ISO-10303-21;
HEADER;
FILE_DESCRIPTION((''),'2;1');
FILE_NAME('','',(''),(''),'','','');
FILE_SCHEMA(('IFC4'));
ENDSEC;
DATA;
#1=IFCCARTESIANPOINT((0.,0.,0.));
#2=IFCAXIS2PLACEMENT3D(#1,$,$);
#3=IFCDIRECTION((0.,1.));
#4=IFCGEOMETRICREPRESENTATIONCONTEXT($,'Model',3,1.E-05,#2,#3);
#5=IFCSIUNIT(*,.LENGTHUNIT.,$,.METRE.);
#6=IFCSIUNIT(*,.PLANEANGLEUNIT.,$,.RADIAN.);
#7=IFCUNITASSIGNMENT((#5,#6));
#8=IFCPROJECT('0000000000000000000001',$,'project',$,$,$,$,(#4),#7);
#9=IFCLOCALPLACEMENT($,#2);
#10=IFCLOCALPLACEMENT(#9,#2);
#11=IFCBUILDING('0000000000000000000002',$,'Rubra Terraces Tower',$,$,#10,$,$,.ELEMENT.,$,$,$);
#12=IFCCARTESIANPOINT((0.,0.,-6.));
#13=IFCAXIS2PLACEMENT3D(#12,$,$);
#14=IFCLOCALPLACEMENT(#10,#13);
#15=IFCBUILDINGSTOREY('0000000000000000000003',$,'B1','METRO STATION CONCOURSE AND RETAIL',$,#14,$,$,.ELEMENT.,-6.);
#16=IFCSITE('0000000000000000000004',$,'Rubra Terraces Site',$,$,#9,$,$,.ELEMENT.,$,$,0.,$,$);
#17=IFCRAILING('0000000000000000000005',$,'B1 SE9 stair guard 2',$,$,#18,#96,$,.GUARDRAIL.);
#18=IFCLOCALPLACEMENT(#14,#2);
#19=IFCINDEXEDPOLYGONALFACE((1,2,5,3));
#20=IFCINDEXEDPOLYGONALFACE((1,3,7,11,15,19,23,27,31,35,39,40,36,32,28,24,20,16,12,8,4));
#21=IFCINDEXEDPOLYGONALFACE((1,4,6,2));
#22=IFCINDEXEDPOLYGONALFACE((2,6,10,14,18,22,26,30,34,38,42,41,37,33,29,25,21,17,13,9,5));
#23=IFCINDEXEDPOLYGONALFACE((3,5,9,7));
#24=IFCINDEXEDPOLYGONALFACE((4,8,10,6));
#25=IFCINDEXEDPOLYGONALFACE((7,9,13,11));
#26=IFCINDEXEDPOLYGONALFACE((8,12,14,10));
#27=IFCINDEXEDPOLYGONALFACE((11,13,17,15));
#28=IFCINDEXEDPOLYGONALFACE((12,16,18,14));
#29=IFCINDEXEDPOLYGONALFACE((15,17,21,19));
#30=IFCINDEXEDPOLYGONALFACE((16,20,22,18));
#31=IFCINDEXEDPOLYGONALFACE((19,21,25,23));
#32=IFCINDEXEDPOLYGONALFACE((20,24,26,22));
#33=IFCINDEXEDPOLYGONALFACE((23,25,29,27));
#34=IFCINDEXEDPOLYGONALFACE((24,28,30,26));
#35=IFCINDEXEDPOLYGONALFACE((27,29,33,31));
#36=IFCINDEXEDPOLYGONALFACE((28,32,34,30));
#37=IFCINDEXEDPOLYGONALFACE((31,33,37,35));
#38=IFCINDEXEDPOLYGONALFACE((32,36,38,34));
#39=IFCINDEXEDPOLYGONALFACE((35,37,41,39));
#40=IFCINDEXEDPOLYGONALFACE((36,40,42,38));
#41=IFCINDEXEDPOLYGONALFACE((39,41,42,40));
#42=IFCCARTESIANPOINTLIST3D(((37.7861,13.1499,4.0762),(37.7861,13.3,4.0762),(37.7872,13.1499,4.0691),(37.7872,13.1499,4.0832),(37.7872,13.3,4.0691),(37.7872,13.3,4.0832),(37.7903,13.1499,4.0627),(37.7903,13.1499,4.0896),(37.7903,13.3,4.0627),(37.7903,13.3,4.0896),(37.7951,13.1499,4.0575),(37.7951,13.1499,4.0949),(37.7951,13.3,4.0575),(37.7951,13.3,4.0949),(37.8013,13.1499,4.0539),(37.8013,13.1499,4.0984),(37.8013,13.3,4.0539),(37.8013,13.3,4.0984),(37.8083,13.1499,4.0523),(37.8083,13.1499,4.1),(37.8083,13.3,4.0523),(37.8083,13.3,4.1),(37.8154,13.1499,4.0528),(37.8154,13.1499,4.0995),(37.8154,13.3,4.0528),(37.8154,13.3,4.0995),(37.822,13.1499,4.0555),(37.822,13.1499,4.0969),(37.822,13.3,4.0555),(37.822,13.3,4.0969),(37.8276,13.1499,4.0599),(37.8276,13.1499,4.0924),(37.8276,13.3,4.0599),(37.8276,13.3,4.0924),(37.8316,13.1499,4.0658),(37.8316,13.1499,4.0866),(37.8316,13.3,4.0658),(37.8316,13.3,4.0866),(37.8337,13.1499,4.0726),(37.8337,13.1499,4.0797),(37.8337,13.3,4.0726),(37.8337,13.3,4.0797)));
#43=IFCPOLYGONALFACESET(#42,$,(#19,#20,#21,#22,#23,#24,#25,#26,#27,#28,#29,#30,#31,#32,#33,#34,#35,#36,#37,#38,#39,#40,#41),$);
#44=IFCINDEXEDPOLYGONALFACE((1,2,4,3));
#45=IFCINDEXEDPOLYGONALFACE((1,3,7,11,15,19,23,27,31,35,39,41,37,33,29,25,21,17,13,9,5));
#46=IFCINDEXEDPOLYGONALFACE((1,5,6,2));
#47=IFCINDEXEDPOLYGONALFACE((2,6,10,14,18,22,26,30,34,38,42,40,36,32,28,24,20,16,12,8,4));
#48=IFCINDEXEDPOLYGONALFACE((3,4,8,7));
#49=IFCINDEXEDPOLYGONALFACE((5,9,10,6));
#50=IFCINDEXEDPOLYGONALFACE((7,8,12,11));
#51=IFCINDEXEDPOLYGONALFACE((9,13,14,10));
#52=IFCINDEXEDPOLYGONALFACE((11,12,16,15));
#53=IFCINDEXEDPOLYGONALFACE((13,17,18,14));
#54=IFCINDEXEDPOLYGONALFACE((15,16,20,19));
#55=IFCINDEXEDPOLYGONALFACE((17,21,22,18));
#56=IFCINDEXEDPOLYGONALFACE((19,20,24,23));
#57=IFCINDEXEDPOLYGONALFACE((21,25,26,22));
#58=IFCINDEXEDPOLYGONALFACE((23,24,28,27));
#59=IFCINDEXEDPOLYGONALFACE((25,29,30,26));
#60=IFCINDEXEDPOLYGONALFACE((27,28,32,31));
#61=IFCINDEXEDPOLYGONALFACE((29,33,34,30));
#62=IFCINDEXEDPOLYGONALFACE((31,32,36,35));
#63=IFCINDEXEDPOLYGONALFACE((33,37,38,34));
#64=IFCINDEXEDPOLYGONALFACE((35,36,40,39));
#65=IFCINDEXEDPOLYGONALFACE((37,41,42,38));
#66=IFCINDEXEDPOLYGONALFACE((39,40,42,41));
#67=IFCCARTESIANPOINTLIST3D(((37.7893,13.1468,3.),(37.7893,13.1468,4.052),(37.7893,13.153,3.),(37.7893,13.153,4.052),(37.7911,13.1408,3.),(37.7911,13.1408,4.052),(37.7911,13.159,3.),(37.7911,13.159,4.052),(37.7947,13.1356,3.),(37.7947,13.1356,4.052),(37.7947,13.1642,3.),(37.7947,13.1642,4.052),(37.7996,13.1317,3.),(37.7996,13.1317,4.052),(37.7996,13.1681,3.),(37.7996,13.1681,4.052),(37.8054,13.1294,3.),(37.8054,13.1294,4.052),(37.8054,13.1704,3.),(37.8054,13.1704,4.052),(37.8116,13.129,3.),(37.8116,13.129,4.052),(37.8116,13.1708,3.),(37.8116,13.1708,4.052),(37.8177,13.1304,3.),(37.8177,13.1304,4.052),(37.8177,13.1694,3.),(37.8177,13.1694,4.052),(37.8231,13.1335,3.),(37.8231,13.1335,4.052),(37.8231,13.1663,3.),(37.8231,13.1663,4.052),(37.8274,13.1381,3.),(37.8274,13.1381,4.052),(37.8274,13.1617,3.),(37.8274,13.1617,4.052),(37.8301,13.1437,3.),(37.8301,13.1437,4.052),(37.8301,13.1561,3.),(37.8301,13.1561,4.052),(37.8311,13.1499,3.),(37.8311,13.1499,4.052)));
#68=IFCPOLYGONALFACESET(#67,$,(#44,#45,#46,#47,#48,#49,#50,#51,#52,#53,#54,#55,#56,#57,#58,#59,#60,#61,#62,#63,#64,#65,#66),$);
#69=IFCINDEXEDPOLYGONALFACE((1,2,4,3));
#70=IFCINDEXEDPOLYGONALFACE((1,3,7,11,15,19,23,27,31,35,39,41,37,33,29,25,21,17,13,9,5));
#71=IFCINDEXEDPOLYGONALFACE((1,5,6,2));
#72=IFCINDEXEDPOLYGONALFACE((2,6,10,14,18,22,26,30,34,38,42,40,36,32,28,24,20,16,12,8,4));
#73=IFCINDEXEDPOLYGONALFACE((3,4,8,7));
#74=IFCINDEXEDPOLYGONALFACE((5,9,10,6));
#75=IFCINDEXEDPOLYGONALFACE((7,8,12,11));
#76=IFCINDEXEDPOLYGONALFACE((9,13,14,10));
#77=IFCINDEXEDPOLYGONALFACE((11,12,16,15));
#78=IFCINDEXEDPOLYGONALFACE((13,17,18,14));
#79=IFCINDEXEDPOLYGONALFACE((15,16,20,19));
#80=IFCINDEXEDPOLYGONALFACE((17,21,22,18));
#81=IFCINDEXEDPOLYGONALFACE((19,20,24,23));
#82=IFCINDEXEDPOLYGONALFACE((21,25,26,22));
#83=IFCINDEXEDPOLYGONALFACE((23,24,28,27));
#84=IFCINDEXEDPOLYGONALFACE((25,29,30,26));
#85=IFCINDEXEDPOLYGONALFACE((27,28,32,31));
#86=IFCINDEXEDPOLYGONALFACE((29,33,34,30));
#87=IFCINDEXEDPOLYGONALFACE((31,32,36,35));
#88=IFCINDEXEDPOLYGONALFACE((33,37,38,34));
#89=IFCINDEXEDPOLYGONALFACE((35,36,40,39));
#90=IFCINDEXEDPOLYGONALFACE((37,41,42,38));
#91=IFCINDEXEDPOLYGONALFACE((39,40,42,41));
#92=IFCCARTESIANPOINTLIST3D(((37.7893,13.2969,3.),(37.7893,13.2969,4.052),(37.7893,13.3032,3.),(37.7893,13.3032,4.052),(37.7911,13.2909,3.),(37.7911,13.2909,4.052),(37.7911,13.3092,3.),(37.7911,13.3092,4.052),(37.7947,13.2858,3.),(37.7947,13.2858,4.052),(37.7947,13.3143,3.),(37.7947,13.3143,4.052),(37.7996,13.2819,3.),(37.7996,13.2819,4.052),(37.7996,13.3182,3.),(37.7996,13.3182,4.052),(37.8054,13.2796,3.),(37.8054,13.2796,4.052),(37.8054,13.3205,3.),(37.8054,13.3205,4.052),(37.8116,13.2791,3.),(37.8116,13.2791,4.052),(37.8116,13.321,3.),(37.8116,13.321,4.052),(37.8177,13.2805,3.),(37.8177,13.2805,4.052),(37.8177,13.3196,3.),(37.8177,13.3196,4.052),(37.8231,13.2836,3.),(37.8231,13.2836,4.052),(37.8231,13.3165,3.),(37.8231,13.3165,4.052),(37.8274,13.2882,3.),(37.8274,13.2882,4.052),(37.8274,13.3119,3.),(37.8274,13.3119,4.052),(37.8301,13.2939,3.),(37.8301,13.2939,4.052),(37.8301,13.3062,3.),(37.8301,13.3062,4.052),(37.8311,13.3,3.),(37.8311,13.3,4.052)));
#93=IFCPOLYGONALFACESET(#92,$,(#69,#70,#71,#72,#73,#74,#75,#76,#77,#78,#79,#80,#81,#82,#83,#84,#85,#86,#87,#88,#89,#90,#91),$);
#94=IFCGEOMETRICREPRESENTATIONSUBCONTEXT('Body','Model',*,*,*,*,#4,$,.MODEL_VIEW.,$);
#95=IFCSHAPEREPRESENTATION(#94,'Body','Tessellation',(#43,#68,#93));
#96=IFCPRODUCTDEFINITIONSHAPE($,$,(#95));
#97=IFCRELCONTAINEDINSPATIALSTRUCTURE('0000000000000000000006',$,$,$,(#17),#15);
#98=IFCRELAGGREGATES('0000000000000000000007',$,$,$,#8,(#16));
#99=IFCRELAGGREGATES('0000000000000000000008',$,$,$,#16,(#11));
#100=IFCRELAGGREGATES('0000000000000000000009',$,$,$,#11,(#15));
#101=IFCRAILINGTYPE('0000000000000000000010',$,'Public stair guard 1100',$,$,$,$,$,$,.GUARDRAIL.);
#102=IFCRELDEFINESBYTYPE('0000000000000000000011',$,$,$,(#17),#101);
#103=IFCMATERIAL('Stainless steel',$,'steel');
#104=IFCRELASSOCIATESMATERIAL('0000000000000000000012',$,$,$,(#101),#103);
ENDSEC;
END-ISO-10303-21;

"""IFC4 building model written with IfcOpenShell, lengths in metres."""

from ifc_helpers import new_model, si_unit, direction, frame, origin, origin_2d, place, context, subcontext, project, spatial, circle, extrude, material, type_object, element, save


model = new_model("IFC4")

# Units and contexts
model_context = context("Model", 3, precision=1e-05, world=origin(), true_north=direction((0.0, 1.0)))
body_context = subcontext(model_context, "Body", "Model", "MODEL_VIEW")
ifc_project = project(units=[si_unit("LENGTHUNIT", "METRE"), si_unit("PLANEANGLEUNIT", "RADIAN")], contexts=[model_context])

# Site, building, storey
site_placement = place(None, origin())
site = spatial("IfcSite", under=ifc_project, at=site_placement, Name="Rubra Terraces Site", CompositionType="ELEMENT", RefElevation=0.0)
building_placement = place(site_placement, origin())
building = spatial("IfcBuilding", under=site, at=building_placement, Name="Rubra Terraces Tower", CompositionType="ELEMENT")
storey_placement = place(building_placement, frame((0.0, 0.0, -6.0)))
storey = spatial("IfcBuildingStorey", under=building, at=storey_placement, Name="B1", Description="METRO STATION CONCOURSE AND RETAIL", CompositionType="ELEMENT", Elevation=-6.0)

# Railing
ifc_material_1 = material(Name="Stainless steel", Category="steel")
railing_type_1 = type_object("IfcRailingType", Name="Public stair guard 1100", PredefinedType="GUARDRAIL", material=ifc_material_1)
railing_1_placement = place(storey_placement, frame((37.8101, 13.1499, 3.0)))
element("IfcRailing", 1, at=railing_1_placement, inside=storey, type_object=railing_type_1, Name="B1 SE9 stair guard 2", PredefinedType="GUARDRAIL", context=body_context, shape_type="SweptSolid", body=[
    extrude(circle(Radius=0.0239, at=origin_2d()), frame((0.0, 0.0, 1.0762), z_axis=(0.0, 1.0, 0.0), x_axis=(-1.0, 0.0, 0.0)), (0.0, 0.0, 1.0), 0.1501),
    extrude(circle(Radius=0.021, at=origin_2d()), origin(), (0.0, 0.0, 1.0), 1.052),
    extrude(circle(Radius=0.021, at=origin_2d()), frame((0.0, 0.1501, 0.0)), (0.0, 0.0, 1.0), 1.052),
])

save(model, "model.ifc")
